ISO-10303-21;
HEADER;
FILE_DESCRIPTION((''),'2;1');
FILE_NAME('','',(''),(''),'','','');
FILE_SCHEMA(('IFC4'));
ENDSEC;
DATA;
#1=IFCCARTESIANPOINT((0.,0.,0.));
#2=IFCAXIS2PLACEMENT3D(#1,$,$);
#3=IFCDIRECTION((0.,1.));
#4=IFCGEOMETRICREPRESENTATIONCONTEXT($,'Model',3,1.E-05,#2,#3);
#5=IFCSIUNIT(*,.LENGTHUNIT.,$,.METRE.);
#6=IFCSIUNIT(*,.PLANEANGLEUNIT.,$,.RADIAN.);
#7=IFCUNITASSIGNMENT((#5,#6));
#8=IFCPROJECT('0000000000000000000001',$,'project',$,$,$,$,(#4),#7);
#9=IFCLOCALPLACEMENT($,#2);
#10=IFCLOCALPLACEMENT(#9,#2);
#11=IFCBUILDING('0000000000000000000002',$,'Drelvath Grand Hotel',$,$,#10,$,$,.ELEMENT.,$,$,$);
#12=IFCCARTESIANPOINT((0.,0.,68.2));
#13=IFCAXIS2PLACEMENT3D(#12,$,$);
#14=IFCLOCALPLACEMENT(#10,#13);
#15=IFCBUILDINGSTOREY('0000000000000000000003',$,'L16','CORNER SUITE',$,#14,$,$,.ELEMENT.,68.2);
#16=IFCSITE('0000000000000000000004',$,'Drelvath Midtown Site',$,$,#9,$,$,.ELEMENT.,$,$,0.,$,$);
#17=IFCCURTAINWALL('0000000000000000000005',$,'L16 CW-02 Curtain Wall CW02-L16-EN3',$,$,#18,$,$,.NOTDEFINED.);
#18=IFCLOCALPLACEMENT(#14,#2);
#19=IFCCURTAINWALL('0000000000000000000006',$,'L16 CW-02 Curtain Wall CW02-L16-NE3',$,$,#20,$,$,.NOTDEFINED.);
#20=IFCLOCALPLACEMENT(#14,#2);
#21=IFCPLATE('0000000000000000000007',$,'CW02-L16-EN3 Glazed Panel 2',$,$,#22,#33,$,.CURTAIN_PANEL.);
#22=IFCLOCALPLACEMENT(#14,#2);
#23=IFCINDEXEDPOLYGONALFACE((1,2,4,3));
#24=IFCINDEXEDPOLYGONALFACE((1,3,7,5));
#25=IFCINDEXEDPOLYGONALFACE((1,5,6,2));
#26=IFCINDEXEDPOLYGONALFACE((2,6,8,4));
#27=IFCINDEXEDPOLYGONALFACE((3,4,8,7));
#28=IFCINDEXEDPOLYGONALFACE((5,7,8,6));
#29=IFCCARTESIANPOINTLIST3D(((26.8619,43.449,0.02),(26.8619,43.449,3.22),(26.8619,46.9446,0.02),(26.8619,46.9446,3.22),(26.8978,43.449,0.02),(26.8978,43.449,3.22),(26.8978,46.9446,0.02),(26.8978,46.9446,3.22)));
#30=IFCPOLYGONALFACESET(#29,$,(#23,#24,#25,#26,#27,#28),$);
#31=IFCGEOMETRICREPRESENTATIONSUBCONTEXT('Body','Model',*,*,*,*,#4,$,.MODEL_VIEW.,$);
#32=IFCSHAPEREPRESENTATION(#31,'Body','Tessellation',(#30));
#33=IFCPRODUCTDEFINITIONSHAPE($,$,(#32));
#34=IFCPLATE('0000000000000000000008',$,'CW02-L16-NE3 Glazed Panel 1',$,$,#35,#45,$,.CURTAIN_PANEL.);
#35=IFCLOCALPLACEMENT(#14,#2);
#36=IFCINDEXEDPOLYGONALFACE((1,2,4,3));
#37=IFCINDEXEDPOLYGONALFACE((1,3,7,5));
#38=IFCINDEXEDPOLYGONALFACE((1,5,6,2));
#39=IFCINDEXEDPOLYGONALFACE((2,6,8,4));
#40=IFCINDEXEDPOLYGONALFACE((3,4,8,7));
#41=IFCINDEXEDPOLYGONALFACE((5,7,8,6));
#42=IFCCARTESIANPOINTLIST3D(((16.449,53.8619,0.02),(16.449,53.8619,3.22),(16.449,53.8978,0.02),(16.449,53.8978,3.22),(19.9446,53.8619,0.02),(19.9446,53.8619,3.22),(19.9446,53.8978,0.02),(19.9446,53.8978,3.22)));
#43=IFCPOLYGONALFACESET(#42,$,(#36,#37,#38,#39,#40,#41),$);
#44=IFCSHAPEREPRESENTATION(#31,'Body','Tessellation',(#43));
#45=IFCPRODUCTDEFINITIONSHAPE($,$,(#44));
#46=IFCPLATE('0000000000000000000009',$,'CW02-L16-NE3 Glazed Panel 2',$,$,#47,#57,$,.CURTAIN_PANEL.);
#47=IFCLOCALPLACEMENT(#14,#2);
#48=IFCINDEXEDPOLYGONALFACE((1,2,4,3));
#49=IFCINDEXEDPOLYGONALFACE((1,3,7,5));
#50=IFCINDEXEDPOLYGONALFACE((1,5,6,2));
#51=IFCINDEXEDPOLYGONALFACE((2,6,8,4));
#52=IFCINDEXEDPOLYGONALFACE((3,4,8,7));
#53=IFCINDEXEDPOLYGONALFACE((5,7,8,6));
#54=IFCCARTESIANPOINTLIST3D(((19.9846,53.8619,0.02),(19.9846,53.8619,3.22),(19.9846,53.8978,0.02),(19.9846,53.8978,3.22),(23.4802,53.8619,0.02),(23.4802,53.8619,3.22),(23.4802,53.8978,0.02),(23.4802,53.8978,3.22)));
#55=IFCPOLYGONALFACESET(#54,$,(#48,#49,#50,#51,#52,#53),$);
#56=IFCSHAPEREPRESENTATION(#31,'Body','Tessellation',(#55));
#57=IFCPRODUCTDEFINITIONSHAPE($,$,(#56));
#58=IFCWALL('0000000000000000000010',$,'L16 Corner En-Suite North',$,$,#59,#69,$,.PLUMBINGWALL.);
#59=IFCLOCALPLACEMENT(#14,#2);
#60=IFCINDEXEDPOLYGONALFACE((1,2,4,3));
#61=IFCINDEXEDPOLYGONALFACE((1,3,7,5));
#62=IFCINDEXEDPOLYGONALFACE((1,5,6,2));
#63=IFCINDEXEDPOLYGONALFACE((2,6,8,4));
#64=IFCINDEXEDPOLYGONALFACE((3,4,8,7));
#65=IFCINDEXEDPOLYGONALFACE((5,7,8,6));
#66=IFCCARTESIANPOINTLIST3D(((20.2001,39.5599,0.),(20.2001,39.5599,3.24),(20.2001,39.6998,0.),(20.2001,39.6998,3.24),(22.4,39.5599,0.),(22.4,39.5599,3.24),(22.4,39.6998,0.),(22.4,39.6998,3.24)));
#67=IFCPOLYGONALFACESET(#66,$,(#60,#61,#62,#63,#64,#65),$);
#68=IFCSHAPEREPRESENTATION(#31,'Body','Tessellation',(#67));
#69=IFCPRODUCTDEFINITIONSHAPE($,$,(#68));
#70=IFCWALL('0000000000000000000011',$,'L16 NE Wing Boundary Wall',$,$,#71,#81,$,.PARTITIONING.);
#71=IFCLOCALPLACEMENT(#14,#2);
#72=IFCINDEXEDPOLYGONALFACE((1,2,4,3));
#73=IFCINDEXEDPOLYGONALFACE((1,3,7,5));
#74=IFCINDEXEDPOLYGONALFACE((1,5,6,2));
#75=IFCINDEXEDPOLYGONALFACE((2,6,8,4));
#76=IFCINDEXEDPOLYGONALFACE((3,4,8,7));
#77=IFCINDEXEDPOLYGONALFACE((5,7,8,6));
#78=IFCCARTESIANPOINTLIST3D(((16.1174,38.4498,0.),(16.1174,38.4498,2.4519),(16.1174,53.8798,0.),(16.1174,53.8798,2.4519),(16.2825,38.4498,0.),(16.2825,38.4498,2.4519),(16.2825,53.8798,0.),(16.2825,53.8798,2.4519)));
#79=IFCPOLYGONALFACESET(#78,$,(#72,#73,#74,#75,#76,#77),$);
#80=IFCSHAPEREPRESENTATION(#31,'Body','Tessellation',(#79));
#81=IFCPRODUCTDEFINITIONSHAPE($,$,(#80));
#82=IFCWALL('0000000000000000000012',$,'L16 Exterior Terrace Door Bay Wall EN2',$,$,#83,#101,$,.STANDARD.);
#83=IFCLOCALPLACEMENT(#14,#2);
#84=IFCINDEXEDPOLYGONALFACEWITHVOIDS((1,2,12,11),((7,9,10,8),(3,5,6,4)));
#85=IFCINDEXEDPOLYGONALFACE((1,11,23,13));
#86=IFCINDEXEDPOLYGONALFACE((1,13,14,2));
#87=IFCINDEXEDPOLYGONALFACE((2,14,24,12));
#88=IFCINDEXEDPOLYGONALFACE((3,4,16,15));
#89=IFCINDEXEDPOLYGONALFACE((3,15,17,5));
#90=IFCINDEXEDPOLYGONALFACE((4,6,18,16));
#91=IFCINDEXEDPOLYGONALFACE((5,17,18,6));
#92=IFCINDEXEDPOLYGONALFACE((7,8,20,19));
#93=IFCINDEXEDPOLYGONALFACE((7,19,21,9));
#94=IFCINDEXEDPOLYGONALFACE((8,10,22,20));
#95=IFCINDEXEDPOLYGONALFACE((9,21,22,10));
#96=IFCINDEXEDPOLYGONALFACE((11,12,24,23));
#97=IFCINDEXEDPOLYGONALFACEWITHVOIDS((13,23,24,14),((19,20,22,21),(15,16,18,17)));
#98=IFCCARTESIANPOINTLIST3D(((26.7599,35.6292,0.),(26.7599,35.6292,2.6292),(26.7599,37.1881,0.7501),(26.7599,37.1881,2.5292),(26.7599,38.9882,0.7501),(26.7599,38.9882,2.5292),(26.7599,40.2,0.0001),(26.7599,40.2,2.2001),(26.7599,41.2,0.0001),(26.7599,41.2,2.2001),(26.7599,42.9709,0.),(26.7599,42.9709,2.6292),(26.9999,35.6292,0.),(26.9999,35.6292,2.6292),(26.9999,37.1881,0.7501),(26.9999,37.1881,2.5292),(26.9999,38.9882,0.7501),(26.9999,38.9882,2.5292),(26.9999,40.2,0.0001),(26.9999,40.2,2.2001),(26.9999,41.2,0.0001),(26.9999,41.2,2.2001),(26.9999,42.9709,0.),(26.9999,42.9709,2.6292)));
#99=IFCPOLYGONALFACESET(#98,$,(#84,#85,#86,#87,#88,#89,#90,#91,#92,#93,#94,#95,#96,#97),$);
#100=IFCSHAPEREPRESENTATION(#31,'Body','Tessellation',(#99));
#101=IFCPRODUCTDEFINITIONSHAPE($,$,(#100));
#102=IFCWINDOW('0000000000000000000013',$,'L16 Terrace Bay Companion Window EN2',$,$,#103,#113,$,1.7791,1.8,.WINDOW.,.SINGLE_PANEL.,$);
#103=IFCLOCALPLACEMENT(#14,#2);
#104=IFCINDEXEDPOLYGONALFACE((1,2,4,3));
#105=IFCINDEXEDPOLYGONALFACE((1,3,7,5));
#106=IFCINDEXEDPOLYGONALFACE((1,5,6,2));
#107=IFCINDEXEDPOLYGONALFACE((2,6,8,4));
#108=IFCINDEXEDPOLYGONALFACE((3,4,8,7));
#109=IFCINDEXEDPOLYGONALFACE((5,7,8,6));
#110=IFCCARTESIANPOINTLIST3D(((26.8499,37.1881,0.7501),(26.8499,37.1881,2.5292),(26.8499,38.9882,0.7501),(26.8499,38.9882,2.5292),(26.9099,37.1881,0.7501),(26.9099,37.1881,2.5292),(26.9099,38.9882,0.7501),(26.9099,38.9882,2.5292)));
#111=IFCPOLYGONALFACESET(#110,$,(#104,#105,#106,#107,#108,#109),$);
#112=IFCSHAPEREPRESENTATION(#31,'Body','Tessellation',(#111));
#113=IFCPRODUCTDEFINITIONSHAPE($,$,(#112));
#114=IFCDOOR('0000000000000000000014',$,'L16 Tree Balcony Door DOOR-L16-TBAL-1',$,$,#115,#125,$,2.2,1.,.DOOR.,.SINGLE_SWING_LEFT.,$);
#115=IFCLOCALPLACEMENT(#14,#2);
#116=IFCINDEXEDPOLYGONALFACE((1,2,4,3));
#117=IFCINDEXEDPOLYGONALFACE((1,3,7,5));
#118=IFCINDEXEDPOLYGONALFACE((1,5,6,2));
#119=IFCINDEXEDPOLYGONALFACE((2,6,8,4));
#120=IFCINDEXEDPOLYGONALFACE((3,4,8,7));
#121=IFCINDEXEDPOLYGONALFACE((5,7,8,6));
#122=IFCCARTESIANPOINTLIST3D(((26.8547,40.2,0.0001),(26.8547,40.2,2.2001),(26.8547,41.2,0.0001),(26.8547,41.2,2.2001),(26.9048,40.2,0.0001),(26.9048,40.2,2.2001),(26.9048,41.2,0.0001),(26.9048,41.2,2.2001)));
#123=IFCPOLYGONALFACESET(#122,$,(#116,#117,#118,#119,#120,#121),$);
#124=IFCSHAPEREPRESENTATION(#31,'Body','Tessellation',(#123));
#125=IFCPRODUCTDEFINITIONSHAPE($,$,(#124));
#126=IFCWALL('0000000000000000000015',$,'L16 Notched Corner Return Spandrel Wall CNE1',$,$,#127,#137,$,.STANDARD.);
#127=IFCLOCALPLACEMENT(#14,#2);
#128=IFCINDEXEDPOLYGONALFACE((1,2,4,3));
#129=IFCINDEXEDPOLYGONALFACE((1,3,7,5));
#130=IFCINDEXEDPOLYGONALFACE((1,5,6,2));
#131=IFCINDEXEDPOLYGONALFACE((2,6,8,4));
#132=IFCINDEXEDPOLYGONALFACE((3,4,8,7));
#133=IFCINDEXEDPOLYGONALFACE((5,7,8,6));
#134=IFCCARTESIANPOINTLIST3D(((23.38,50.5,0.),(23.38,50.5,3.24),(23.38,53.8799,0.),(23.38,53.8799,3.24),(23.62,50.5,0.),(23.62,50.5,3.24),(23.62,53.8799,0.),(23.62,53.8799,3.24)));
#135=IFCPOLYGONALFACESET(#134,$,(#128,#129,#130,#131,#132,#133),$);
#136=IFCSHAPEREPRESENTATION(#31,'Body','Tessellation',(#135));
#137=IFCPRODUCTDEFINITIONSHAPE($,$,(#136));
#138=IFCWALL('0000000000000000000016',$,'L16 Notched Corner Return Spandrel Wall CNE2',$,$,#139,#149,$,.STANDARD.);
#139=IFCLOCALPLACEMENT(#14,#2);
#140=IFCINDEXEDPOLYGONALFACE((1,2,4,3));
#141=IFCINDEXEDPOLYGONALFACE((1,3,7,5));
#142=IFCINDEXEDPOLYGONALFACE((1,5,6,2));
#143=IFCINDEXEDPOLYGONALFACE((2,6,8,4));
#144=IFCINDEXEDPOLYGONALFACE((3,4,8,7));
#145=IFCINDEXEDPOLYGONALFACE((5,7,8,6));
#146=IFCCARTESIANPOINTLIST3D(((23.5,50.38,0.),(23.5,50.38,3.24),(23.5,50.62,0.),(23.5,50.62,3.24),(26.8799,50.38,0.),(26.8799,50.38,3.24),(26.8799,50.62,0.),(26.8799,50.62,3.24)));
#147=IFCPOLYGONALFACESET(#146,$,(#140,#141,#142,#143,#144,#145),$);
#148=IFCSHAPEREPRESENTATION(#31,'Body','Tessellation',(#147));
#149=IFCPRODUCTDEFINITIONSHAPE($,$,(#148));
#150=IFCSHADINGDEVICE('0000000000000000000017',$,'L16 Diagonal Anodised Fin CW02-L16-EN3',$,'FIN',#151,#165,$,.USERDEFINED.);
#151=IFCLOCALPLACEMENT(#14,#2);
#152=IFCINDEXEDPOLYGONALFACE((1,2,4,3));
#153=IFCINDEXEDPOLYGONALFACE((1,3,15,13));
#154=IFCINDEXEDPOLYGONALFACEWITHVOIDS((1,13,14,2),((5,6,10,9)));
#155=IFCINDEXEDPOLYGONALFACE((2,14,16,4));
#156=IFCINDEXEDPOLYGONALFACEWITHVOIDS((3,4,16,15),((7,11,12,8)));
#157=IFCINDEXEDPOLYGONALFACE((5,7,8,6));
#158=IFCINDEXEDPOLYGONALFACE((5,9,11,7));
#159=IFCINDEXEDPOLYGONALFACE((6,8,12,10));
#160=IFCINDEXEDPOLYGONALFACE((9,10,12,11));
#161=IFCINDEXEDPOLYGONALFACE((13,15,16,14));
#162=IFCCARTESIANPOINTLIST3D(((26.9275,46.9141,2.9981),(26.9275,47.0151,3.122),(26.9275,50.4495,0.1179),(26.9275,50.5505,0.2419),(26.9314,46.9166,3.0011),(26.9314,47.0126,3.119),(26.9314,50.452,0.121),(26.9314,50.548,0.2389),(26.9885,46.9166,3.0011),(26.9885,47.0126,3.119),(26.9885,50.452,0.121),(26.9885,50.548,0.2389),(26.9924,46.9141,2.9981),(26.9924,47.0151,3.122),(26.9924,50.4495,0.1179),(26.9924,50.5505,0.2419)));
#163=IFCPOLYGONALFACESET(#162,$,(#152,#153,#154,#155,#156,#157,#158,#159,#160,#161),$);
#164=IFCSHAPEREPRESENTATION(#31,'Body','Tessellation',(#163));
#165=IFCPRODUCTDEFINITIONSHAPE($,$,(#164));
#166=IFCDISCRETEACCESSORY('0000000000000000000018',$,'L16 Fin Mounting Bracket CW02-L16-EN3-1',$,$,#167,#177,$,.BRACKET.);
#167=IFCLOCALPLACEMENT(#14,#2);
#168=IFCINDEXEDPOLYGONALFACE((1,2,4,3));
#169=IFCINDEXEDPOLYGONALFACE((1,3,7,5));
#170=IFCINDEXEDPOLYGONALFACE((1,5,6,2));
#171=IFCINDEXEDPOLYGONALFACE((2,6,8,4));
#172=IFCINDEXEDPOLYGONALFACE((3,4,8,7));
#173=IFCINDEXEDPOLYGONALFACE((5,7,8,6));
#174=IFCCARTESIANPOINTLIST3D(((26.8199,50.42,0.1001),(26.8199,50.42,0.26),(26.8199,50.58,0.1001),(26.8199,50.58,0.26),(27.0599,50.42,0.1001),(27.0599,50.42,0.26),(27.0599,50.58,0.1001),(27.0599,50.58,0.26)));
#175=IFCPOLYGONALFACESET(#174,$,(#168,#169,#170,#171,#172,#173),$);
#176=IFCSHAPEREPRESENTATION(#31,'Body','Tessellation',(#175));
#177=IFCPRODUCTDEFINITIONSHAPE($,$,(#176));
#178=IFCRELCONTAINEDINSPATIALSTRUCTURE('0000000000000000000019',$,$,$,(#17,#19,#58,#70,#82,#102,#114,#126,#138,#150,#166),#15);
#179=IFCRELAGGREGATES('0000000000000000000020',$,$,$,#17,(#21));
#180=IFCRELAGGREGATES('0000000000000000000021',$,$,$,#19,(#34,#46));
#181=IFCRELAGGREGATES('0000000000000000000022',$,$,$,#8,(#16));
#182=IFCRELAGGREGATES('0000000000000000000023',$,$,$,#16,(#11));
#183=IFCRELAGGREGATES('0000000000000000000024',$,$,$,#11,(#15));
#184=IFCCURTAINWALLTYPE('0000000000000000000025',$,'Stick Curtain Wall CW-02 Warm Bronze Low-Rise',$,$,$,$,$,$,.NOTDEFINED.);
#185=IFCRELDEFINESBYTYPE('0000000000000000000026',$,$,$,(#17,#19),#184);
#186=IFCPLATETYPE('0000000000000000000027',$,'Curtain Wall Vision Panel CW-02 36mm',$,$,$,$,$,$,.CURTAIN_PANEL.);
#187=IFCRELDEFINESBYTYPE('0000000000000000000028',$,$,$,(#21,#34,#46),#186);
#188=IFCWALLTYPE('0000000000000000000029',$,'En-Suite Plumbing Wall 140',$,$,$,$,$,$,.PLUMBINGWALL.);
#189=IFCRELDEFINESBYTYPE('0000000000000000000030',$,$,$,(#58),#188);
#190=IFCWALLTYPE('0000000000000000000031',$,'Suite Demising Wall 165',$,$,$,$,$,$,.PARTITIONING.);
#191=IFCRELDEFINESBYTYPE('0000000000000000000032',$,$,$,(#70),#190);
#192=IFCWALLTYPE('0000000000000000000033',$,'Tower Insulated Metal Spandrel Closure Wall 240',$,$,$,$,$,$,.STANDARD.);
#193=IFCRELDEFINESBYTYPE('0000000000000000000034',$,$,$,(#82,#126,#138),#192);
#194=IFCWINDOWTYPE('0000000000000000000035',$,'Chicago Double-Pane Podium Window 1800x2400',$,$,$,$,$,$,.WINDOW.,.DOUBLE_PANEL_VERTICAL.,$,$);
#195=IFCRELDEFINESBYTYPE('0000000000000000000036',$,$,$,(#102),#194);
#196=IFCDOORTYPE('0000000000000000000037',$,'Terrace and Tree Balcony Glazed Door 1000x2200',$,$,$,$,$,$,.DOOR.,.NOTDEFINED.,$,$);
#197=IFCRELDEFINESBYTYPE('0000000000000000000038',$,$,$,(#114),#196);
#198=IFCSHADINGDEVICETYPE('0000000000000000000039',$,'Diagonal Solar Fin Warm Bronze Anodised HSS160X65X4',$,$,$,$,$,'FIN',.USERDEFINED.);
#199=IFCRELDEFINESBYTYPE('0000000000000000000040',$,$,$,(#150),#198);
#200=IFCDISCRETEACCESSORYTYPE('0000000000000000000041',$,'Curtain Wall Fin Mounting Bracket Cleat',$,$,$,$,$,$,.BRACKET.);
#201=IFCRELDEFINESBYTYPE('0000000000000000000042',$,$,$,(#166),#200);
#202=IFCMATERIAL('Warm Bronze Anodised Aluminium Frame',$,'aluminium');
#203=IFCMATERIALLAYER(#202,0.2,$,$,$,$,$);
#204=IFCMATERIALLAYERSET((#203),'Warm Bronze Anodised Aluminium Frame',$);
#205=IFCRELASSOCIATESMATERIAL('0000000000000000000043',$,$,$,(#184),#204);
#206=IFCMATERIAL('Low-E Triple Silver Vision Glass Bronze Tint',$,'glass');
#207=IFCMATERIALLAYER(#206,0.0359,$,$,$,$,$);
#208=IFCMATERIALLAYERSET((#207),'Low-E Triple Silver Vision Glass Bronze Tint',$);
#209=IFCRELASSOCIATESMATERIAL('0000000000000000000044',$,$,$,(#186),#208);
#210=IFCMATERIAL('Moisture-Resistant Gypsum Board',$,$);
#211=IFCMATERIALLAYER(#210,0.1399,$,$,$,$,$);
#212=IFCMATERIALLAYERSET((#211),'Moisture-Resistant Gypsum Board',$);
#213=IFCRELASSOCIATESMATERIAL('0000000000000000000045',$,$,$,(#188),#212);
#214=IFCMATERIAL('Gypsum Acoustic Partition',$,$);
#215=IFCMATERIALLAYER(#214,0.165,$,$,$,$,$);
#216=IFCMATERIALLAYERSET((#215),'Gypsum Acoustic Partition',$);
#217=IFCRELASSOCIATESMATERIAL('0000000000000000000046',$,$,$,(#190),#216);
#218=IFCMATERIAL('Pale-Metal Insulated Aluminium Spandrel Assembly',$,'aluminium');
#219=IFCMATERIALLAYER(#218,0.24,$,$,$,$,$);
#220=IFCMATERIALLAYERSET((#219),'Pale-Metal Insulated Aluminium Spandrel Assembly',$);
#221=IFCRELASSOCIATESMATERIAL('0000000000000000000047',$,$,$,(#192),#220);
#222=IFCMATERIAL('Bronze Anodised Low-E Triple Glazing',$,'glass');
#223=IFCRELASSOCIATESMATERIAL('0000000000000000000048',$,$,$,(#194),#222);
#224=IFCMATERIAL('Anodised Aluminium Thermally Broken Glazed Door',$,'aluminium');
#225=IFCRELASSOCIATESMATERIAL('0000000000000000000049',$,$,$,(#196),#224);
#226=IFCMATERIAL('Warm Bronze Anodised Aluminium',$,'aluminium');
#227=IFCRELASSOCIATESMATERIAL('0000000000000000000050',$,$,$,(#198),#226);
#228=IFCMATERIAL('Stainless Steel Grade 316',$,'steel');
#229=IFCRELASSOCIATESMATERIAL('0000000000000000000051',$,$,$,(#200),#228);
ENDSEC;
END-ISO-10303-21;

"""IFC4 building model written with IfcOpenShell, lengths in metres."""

from ifc_helpers import new_model, si_unit, direction, frame, frame_2d, origin, origin_2d, place, context, subcontext, project, spatial, rectangle, hollow_rectangle, extrude, material, layer, layer_set, material_profile, profile_set, type_object, element, fill, aggregate, save


model = new_model("IFC4")

# Units and contexts
model_context = context("Model", 3, precision=1e-05, world=origin(), true_north=direction((0.0, 1.0)))
body_context = subcontext(model_context, "Body", "Model", "MODEL_VIEW")
ifc_project = project(units=[si_unit("LENGTHUNIT", "METRE"), si_unit("PLANEANGLEUNIT", "RADIAN")], contexts=[model_context])

# Site, building, storey
site_placement = place(None, origin())
site = spatial("IfcSite", under=ifc_project, at=site_placement, Name="Drelvath Midtown Site", CompositionType="ELEMENT", RefElevation=0.0)
building_placement = place(site_placement, origin())
building = spatial("IfcBuilding", under=site, at=building_placement, Name="Drelvath Grand Hotel", CompositionType="ELEMENT")
storey_placement = place(building_placement, frame((0.0, 0.0, 68.2)))
storey = spatial("IfcBuildingStorey", under=building, at=storey_placement, Name="L16", Description="CORNER SUITE", CompositionType="ELEMENT", Elevation=68.2)

# Curtain walls
ifc_material_1 = material(Name="Warm Bronze Anodised Aluminium Frame", Category="aluminium")
ifc_layer_1 = layer(ifc_material_1, 0.2)
ifc_layer_set_1 = layer_set([ifc_layer_1], Name="Warm Bronze Anodised Aluminium Frame")
curtain_wall_type = type_object("IfcCurtainWallType", Name="Stick Curtain Wall CW-02 Warm Bronze Low-Rise", PredefinedType="NOTDEFINED", material=ifc_layer_set_1)
curtain_wall_1_placement = place(storey_placement, origin())
curtain_wall_1 = element("IfcCurtainWall", 1, at=curtain_wall_1_placement, inside=storey, type_object=curtain_wall_type, Name="L16 CW-02 Curtain Wall CW02-L16-EN3", PredefinedType="NOTDEFINED")
curtain_wall_2_placement = place(storey_placement, origin())
curtain_wall_2 = element("IfcCurtainWall", 2, at=curtain_wall_2_placement, inside=storey, type_object=curtain_wall_type, Name="L16 CW-02 Curtain Wall CW02-L16-NE3", PredefinedType="NOTDEFINED")

# Plates
ifc_material_2 = material(Name="Low-E Triple Silver Vision Glass Bronze Tint", Category="glass")
ifc_layer_2 = layer(ifc_material_2, 0.0359)
ifc_layer_set_2 = layer_set([ifc_layer_2], Name="Low-E Triple Silver Vision Glass Bronze Tint")
plate_type = type_object("IfcPlateType", Name="Curtain Wall Vision Panel CW-02 36mm", PredefinedType="CURTAIN_PANEL", material=ifc_layer_set_2)
plate_1_placement = place(storey_placement, frame((26.8799, 45.1968, 0.02), z_axis=(0.0, 0.0, 1.0), x_axis=(0.0, -1.0, 0.0)))
plate_1 = element("IfcPlate", 3, at=plate_1_placement, type_object=plate_type, Name="CW02-L16-EN3 Glazed Panel 2", PredefinedType="CURTAIN_PANEL", context=body_context, shape_type="SweptSolid", body=[
    extrude(rectangle(XDim=3.4956, YDim=0.0359, at=origin_2d()), origin(), (0.0, 0.0, 1.0), 3.2),
])
aggregate(curtain_wall_1, [plate_1])
plate_2_placement = place(storey_placement, frame((18.1968, 53.8799, 0.02), z_axis=(0.0, 0.0, 1.0), x_axis=(1.0, 0.0, 0.0)))
plate_2 = element("IfcPlate", 4, at=plate_2_placement, type_object=plate_type, Name="CW02-L16-NE3 Glazed Panel 1", PredefinedType="CURTAIN_PANEL", context=body_context, shape_type="SweptSolid", body=[
    extrude(rectangle(XDim=3.4956, YDim=0.0359, at=origin_2d()), origin(), (0.0, 0.0, 1.0), 3.2),
])
plate_3_placement = place(storey_placement, frame((21.7324, 53.8799, 0.02), z_axis=(0.0, 0.0, 1.0), x_axis=(1.0, 0.0, 0.0)))
plate_3 = element("IfcPlate", 5, at=plate_3_placement, type_object=plate_type, Name="CW02-L16-NE3 Glazed Panel 2", PredefinedType="CURTAIN_PANEL", context=body_context, shape_type="SweptSolid", body=[
    extrude(rectangle(XDim=3.4956, YDim=0.0359, at=origin_2d()), origin(), (0.0, 0.0, 1.0), 3.2),
])
aggregate(curtain_wall_2, [plate_2, plate_3])

# Walls
ifc_material_3 = material(Name="Moisture-Resistant Gypsum Board")
ifc_layer_3 = layer(ifc_material_3, 0.1399)
ifc_layer_set_3 = layer_set([ifc_layer_3], Name="Moisture-Resistant Gypsum Board")
wall_type_1 = type_object("IfcWallType", Name="En-Suite Plumbing Wall 140", PredefinedType="PLUMBINGWALL", material=ifc_layer_set_3)
wall_1_placement = place(storey_placement, frame((20.2, 39.6299, 0.0), z_axis=(0.0, 0.0, 1.0), x_axis=(1.0, 0.0, 0.0)))
element("IfcWall", 6, at=wall_1_placement, inside=storey, type_object=wall_type_1, Name="L16 Corner En-Suite North", PredefinedType="PLUMBINGWALL", context=body_context, shape_type="SweptSolid", body=[
    extrude(rectangle(XDim=2.2, YDim=0.1399, at=frame_2d((1.1001, 0.0))), origin(), (0.0, 0.0, 1.0), 3.24),
])
ifc_material_4 = material(Name="Gypsum Acoustic Partition")
ifc_layer_4 = layer(ifc_material_4, 0.165)
ifc_layer_set_4 = layer_set([ifc_layer_4], Name="Gypsum Acoustic Partition")
wall_type_2 = type_object("IfcWallType", Name="Suite Demising Wall 165", PredefinedType="PARTITIONING", material=ifc_layer_set_4)
wall_2_placement = place(storey_placement, frame((16.2, 38.45, 0.0), z_axis=(0.0, 0.0, 1.0), x_axis=(0.0, 1.0, 0.0)))
element("IfcWall", 7, at=wall_2_placement, inside=storey, type_object=wall_type_2, Name="L16 NE Wing Boundary Wall", PredefinedType="PARTITIONING", context=body_context, shape_type="SweptSolid", body=[
    extrude(rectangle(XDim=15.4299, YDim=0.165, at=frame_2d((7.7148, 0.0))), origin(), (0.0, 0.0, 1.0), 2.4519),
])

# Wall, openings, window, door
ifc_material_5 = material(Name="Pale-Metal Insulated Aluminium Spandrel Assembly", Category="aluminium")
ifc_layer_5 = layer(ifc_material_5, 0.24)
ifc_layer_set_5 = layer_set([ifc_layer_5], Name="Pale-Metal Insulated Aluminium Spandrel Assembly")
wall_type_3 = type_object("IfcWallType", Name="Tower Insulated Metal Spandrel Closure Wall 240", PredefinedType="STANDARD", material=ifc_layer_set_5)
wall_3_placement = place(storey_placement, frame((26.8799, 42.9709, 0.0), z_axis=(0.0, 0.0, 1.0), x_axis=(0.0, -1.0, 0.0)))
wall_3 = element("IfcWall", 8, at=wall_3_placement, inside=storey, type_object=wall_type_3, Name="L16 Exterior Terrace Door Bay Wall EN2", PredefinedType="STANDARD", context=body_context, shape_type="SweptSolid", body=[
    extrude(rectangle(XDim=7.3418, YDim=0.24, at=frame_2d((3.6709, 0.0))), origin(), (0.0, 0.0, 1.0), 2.6292),
])
opening_1_placement = place(wall_3_placement, frame((1.771, 0.0, 0.0)))
opening_1 = element("IfcOpeningElement", 9, at=opening_1_placement, cuts=wall_3, PredefinedType="OPENING", context=body_context, shape_type="SweptSolid", body=[
    extrude(rectangle(XDim=1.0, YDim=2.2, at=frame_2d((0.5, 1.1001))), frame((0.0, 0.1299, 0.0), z_axis=(0.0, -1.0, 0.0), x_axis=(1.0, 0.0, 0.0)), (0.0, 0.0, 1.0), 0.26),
])
opening_2_placement = place(wall_3_placement, frame((3.9829, 0.0, 0.75)))
opening_2 = element("IfcOpeningElement", 10, at=opening_2_placement, cuts=wall_3, PredefinedType="OPENING", context=body_context, shape_type="SweptSolid", body=[
    extrude(rectangle(XDim=1.8, YDim=1.7791, at=frame_2d((0.8999, 0.8896))), frame((0.0, 0.1299, 0.0), z_axis=(0.0, -1.0, 0.0), x_axis=(1.0, 0.0, 0.0)), (0.0, 0.0, 1.0), 0.26),
])
ifc_material_6 = material(Name="Bronze Anodised Low-E Triple Glazing", Category="glass")
window_type = type_object("IfcWindowType", Name="Chicago Double-Pane Podium Window 1800x2400", PartitioningType="DOUBLE_PANEL_VERTICAL", PredefinedType="WINDOW", material=ifc_material_6)
window_placement = place(opening_2_placement, origin())
window = element("IfcWindow", 11, at=window_placement, inside=storey, type_object=window_type, Name="L16 Terrace Bay Companion Window EN2", OverallHeight=1.7791, OverallWidth=1.8, PartitioningType="SINGLE_PANEL", PredefinedType="WINDOW", context=body_context, shape_type="SweptSolid", body=[
    extrude(rectangle(XDim=1.8, YDim=1.7791, at=frame_2d((0.8999, 0.8896))), frame((0.0, 0.03, 0.0), z_axis=(0.0, -1.0, 0.0), x_axis=(1.0, 0.0, 0.0)), (0.0, 0.0, 1.0), 0.0601),
])
fill(opening_2, window)
ifc_material_7 = material(Name="Anodised Aluminium Thermally Broken Glazed Door", Category="aluminium")
door_type = type_object("IfcDoorType", Name="Terrace and Tree Balcony Glazed Door 1000x2200", OperationType="NOTDEFINED", PredefinedType="DOOR", material=ifc_material_7)
door_placement = place(opening_1_placement, origin())
door = element("IfcDoor", 12, at=door_placement, inside=storey, type_object=door_type, Name="L16 Tree Balcony Door DOOR-L16-TBAL-1", OperationType="SINGLE_SWING_LEFT", OverallHeight=2.2, OverallWidth=1.0, PredefinedType="DOOR", context=body_context, shape_type="SweptSolid", body=[
    extrude(rectangle(XDim=1.0, YDim=2.2, at=frame_2d((0.5, 1.1001))), frame((0.0, 0.0249, 0.0), z_axis=(0.0, -1.0, 0.0), x_axis=(1.0, 0.0, 0.0)), (0.0, 0.0, 1.0), 0.05),
])
fill(opening_1, door)

# Walls
for number, where, z_axis, x_axis, name in (
    (13, (23.5, 53.8799, 0.0), (0.0, 0.0, 1.0), (0.0, -1.0, 0.0), "L16 Notched Corner Return Spandrel Wall CNE1"),
    (14, (23.5, 50.5, 0.0), (0.0, 0.0, 1.0), (1.0, 0.0, 0.0), "L16 Notched Corner Return Spandrel Wall CNE2"),
):
    element("IfcWall", number, at=place(storey_placement, frame(where, z_axis=z_axis, x_axis=x_axis)), inside=storey, type_object=wall_type_3, Name=name, PredefinedType="STANDARD", context=body_context, shape_type="SweptSolid", body=[
        extrude(rectangle(XDim=3.3799, YDim=0.24, at=frame_2d((1.6899, 0.0))), origin(), (0.0, 0.0, 1.0), 3.24),
    ])

# Shading device
ifc_material_8 = material(Name="Warm Bronze Anodised Aluminium", Category="aluminium")
ifc_material_profile_1 = material_profile(ifc_material_8, hollow_rectangle(XDim=0.0649, YDim=0.1599, WallThickness=0.0039, at=origin_2d()), Name="HSS160X65X4")
ifc_profile_set_1 = profile_set([ifc_material_profile_1], Name="Warm Bronze Anodised Aluminium")
shading_device_type = type_object("IfcShadingDeviceType", Name="Diagonal Solar Fin Warm Bronze Anodised HSS160X65X4", ElementType="FIN", PredefinedType="USERDEFINED", material=ifc_profile_set_1)
shading_device_placement = place(storey_placement, frame((26.96, 50.5, 0.1799), z_axis=(0.0, -0.775296, 0.631598), x_axis=(1.0, 0.0, 0.0)))
element("IfcShadingDevice", 15, at=shading_device_placement, inside=storey, type_object=shading_device_type, Name="L16 Diagonal Anodised Fin CW02-L16-EN3", ObjectType="FIN", PredefinedType="USERDEFINED", context=body_context, shape_type="SweptSolid", body=[
    extrude(hollow_rectangle(XDim=0.0649, YDim=0.1599, WallThickness=0.0039, at=origin_2d()), origin(), (0.0, 0.0, 1.0), 4.5601),
])

# Discrete accessory
ifc_material_9 = material(Name="Stainless Steel Grade 316", Category="steel")
discrete_accessory_type = type_object("IfcDiscreteAccessoryType", Name="Curtain Wall Fin Mounting Bracket Cleat", PredefinedType="BRACKET", material=ifc_material_9)
discrete_accessory_placement = place(storey_placement, frame((26.9399, 50.5, 0.1001), z_axis=(0.0, 0.0, 1.0), x_axis=(0.0, -1.0, 0.0)))
element("IfcDiscreteAccessory", 16, at=discrete_accessory_placement, inside=storey, type_object=discrete_accessory_type, Name="L16 Fin Mounting Bracket CW02-L16-EN3-1", PredefinedType="BRACKET", context=body_context, shape_type="SweptSolid", body=[
    extrude(rectangle(XDim=0.1599, YDim=0.24, at=origin_2d()), origin(), (0.0, 0.0, 1.0), 0.1599),
])

save(model, "model.ifc")
